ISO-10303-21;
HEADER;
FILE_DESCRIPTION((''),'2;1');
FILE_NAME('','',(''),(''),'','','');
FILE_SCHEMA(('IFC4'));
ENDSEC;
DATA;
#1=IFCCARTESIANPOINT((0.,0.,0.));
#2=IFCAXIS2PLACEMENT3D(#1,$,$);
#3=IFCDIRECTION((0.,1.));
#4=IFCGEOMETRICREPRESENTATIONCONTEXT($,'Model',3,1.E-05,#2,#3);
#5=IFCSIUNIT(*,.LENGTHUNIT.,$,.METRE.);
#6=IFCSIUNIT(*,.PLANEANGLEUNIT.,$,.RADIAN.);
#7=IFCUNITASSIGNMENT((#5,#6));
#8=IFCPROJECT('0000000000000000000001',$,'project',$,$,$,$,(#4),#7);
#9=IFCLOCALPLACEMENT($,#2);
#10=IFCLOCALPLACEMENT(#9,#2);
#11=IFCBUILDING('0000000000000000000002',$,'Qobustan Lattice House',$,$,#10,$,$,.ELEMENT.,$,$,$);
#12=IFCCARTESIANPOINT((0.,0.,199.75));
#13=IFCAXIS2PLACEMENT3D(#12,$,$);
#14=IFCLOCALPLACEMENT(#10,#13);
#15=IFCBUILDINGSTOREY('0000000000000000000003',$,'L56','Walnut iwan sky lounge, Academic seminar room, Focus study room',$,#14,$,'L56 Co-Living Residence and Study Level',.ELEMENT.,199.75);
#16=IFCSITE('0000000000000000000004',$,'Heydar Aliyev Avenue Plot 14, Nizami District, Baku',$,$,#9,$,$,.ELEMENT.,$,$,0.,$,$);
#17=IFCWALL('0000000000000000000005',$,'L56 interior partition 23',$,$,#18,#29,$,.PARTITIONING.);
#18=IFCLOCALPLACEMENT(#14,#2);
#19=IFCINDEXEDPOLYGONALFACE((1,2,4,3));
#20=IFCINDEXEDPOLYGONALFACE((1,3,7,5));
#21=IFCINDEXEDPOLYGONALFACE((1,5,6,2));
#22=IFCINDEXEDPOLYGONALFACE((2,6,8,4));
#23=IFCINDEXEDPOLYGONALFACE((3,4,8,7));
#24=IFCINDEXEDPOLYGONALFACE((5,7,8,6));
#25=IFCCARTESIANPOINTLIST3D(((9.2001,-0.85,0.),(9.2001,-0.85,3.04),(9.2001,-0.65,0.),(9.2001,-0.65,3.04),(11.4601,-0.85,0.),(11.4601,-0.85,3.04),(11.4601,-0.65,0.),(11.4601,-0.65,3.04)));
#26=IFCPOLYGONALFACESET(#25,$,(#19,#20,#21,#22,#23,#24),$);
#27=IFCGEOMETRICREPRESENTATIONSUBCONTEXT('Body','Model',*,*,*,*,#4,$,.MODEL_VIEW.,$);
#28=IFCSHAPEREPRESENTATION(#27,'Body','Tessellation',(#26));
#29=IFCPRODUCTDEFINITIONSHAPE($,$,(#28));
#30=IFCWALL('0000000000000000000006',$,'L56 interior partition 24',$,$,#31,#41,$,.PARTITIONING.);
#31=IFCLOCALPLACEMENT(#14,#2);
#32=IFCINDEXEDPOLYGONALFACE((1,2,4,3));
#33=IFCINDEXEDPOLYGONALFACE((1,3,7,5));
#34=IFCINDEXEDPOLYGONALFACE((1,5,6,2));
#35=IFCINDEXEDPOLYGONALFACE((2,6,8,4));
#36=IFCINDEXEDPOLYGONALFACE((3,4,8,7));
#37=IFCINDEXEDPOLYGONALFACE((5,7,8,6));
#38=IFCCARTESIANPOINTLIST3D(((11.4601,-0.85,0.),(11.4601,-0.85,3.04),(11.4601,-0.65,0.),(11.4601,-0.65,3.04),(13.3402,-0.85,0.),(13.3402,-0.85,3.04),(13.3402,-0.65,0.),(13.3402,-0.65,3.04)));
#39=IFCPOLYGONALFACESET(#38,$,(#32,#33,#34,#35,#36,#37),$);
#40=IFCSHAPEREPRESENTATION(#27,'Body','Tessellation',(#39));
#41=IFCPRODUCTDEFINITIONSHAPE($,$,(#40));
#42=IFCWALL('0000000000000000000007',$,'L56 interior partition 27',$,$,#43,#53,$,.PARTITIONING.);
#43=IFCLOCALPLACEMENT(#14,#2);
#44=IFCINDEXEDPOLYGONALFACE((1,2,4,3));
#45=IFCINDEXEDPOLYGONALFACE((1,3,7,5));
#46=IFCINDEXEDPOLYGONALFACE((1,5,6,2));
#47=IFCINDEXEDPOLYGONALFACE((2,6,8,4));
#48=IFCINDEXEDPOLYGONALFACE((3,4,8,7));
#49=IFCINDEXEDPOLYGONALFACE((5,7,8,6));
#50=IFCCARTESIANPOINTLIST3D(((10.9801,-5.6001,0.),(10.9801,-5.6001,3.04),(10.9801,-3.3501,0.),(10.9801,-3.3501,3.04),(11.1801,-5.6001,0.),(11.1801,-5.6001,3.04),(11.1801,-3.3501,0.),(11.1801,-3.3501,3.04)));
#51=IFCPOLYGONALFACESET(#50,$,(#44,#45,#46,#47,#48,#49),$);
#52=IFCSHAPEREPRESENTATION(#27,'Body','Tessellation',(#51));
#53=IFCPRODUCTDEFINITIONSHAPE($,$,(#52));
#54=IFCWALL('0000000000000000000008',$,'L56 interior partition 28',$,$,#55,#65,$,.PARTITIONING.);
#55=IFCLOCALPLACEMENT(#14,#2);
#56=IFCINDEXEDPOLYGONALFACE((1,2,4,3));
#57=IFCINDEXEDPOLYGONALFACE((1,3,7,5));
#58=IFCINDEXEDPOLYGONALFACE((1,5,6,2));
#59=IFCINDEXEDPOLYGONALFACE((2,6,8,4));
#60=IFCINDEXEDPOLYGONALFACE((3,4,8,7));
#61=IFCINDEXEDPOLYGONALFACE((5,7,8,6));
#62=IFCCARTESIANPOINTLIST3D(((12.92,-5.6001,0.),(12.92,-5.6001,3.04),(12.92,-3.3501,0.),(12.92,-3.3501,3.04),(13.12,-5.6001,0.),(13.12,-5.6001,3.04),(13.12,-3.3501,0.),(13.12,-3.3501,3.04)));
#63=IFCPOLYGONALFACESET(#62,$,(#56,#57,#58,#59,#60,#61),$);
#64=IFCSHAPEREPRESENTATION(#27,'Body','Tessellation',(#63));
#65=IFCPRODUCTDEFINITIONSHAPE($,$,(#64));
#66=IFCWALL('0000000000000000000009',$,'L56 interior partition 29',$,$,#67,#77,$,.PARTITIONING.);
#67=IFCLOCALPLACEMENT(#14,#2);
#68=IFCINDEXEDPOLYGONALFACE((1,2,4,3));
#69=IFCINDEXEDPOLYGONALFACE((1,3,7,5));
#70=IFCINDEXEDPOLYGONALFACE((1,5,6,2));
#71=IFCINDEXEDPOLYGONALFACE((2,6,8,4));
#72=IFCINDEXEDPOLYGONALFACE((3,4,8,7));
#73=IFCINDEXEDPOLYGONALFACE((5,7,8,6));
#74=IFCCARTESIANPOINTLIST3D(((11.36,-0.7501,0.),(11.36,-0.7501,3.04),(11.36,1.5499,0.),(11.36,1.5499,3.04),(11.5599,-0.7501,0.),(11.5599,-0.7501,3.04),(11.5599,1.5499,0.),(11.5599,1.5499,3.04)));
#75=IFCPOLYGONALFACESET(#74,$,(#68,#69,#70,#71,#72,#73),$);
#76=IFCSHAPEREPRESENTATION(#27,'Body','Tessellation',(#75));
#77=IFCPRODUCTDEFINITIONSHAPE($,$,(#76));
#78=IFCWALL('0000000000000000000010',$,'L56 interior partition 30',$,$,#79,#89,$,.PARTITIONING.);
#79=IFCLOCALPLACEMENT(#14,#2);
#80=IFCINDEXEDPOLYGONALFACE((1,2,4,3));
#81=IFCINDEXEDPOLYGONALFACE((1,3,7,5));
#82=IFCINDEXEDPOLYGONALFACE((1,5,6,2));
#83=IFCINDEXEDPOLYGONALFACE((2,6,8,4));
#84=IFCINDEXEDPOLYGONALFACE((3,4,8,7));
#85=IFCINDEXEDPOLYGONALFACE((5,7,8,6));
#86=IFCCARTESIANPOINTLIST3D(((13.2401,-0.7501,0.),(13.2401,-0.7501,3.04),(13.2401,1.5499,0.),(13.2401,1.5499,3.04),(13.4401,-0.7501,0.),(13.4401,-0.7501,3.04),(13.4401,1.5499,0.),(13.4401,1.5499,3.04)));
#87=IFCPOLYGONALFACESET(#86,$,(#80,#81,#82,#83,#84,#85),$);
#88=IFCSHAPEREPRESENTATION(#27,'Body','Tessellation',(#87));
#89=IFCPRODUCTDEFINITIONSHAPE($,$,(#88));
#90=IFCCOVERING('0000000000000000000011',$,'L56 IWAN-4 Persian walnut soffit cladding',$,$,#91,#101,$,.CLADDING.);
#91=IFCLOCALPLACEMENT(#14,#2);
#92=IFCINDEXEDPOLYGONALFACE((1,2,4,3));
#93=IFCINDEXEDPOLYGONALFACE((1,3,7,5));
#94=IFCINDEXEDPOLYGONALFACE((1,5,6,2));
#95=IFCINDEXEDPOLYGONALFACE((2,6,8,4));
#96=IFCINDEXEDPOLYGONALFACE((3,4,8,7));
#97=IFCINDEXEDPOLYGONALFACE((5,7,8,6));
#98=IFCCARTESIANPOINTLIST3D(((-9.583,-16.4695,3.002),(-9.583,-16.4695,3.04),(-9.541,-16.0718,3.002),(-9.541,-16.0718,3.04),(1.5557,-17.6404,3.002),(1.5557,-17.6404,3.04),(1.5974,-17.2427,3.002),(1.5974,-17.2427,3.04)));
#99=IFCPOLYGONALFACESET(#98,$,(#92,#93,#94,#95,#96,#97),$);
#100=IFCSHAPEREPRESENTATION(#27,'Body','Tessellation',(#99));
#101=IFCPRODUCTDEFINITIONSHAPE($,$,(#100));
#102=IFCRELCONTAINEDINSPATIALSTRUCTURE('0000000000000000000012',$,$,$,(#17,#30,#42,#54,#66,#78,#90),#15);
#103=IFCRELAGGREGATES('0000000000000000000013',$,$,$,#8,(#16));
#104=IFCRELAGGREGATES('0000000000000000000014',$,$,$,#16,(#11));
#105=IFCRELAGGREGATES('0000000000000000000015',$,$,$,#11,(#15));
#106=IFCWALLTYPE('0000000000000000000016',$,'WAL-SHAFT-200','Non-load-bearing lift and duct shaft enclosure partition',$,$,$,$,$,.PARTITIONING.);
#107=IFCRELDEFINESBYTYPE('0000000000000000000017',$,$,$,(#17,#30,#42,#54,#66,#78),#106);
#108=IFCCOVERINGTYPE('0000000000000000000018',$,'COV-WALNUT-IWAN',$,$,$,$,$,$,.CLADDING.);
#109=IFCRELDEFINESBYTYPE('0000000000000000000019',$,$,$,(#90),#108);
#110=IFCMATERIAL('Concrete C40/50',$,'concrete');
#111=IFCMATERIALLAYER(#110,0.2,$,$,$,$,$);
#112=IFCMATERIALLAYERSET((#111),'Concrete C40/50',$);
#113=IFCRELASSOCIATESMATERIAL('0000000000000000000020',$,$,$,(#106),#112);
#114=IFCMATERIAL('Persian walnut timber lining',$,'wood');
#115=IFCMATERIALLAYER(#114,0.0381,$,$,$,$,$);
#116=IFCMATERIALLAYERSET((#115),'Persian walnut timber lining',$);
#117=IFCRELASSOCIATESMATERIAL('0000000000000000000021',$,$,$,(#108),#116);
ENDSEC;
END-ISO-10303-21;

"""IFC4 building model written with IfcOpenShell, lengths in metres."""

from ifc_helpers import new_model, si_unit, direction, frame, frame_2d, origin, place, context, subcontext, project, spatial, polyline, rectangle, outline, extrude, material, layer, layer_set, type_object, element, save


model = new_model("IFC4")

# Units and contexts
model_context = context("Model", 3, precision=1e-05, world=origin(), true_north=direction((0.0, 1.0)))
body_context = subcontext(model_context, "Body", "Model", "MODEL_VIEW")
ifc_project = project(units=[si_unit("LENGTHUNIT", "METRE"), si_unit("PLANEANGLEUNIT", "RADIAN")], contexts=[model_context])

# Site, building, storey
site_placement = place(None, origin())
site = spatial("IfcSite", under=ifc_project, at=site_placement, Name="Heydar Aliyev Avenue Plot 14, Nizami District, Baku", CompositionType="ELEMENT", RefElevation=0.0)
building_placement = place(site_placement, origin())
building = spatial("IfcBuilding", under=site, at=building_placement, Name="Qobustan Lattice House", CompositionType="ELEMENT")
storey_placement = place(building_placement, frame((0.0, 0.0, 199.75)))
storey = spatial("IfcBuildingStorey", under=building, at=storey_placement, Name="L56", Description="Walnut iwan sky lounge, Academic seminar room, Focus study room", LongName="L56 Co-Living Residence and Study Level", CompositionType="ELEMENT", Elevation=199.75)

# Shared definitions
ifc_material_1 = material(Name="Concrete C40/50", Category="concrete")
ifc_layer_1 = layer(ifc_material_1, 0.2)
ifc_layer_set_1 = layer_set([ifc_layer_1], Name="Concrete C40/50")
wall_type_1 = type_object("IfcWallType", Name="WAL-SHAFT-200", Description="Non-load-bearing lift and duct shaft enclosure partition", PredefinedType="PARTITIONING", material=ifc_layer_set_1)

# Walls
wall_1_placement = place(storey_placement, frame((11.46, -0.75, 0.0), z_axis=(0.0, 0.0, 1.0), x_axis=(-1.0, 0.0, 0.0)))
element("IfcWall", 1, at=wall_1_placement, inside=storey, type_object=wall_type_1, Name="L56 interior partition 23", PredefinedType="PARTITIONING", context=body_context, shape_type="SweptSolid", body=[
    extrude(rectangle(XDim=2.26, YDim=0.2, at=frame_2d((1.1299, 0.0))), origin(), (0.0, 0.0, 1.0), 3.04),
])
wall_2_placement = place(storey_placement, frame((13.3401, -0.75, 0.0), z_axis=(0.0, 0.0, 1.0), x_axis=(-1.0, 0.0, 0.0)))
element("IfcWall", 2, at=wall_2_placement, inside=storey, type_object=wall_type_1, Name="L56 interior partition 24", PredefinedType="PARTITIONING", context=body_context, shape_type="SweptSolid", body=[
    extrude(rectangle(XDim=1.8801, YDim=0.2, at=frame_2d((0.9399, 0.0))), origin(), (0.0, 0.0, 1.0), 3.04),
])
for number, where, z_axis, x_axis, name in (
    (3, (11.0801, -5.6001, 0.0), (0.0, 0.0, 1.0), (0.0, 1.0, 0.0), "L56 interior partition 27"),
    (4, (13.02, -5.6001, 0.0), (0.0, 0.0, 1.0), (0.0, 1.0, 0.0), "L56 interior partition 28"),
):
    element("IfcWall", number, at=place(storey_placement, frame(where, z_axis=z_axis, x_axis=x_axis)), inside=storey, type_object=wall_type_1, Name=name, PredefinedType="PARTITIONING", context=body_context, shape_type="SweptSolid", body=[
        extrude(rectangle(XDim=2.25, YDim=0.2, at=frame_2d((1.125, 0.0))), origin(), (0.0, 0.0, 1.0), 3.04),
    ])
for number, where, z_axis, x_axis, name in (
    (5, (11.46, -0.75, 0.0), (0.0, 0.0, 1.0), (0.0, 1.0, 0.0), "L56 interior partition 29"),
    (6, (13.3401, -0.75, 0.0), (0.0, 0.0, 1.0), (0.0, 1.0, 0.0), "L56 interior partition 30"),
):
    element("IfcWall", number, at=place(storey_placement, frame(where, z_axis=z_axis, x_axis=x_axis)), inside=storey, type_object=wall_type_1, Name=name, PredefinedType="PARTITIONING", context=body_context, shape_type="SweptSolid", body=[
        extrude(rectangle(XDim=2.3, YDim=0.2, at=frame_2d((1.1499, 0.0))), origin(), (0.0, 0.0, 1.0), 3.04),
    ])

# Covering
ifc_material_2 = material(Name="Persian walnut timber lining", Category="wood")
ifc_layer_2 = layer(ifc_material_2, 0.0381)
ifc_layer_set_2 = layer_set([ifc_layer_2], Name="Persian walnut timber lining")
covering_type = type_object("IfcCoveringType", Name="COV-WALNUT-IWAN", PredefinedType="CLADDING", material=ifc_layer_set_2)
covering_placement = place(storey_placement, frame((0.0, 0.0, 3.002)))
element("IfcCovering", 7, at=covering_placement, inside=storey, type_object=covering_type, Name="L56 IWAN-4 Persian walnut soffit cladding", PredefinedType="CLADDING", context=body_context, shape_type="SweptSolid", body=[
    extrude(outline(polyline([(1.5557, -17.6404), (-9.583, -16.4695), (-9.541, -16.0718), (1.5974, -17.2427), (1.5557, -17.6404)])), origin(), (0.0, 0.0, 1.0), 0.0381),
])

save(model, "model.ifc")
